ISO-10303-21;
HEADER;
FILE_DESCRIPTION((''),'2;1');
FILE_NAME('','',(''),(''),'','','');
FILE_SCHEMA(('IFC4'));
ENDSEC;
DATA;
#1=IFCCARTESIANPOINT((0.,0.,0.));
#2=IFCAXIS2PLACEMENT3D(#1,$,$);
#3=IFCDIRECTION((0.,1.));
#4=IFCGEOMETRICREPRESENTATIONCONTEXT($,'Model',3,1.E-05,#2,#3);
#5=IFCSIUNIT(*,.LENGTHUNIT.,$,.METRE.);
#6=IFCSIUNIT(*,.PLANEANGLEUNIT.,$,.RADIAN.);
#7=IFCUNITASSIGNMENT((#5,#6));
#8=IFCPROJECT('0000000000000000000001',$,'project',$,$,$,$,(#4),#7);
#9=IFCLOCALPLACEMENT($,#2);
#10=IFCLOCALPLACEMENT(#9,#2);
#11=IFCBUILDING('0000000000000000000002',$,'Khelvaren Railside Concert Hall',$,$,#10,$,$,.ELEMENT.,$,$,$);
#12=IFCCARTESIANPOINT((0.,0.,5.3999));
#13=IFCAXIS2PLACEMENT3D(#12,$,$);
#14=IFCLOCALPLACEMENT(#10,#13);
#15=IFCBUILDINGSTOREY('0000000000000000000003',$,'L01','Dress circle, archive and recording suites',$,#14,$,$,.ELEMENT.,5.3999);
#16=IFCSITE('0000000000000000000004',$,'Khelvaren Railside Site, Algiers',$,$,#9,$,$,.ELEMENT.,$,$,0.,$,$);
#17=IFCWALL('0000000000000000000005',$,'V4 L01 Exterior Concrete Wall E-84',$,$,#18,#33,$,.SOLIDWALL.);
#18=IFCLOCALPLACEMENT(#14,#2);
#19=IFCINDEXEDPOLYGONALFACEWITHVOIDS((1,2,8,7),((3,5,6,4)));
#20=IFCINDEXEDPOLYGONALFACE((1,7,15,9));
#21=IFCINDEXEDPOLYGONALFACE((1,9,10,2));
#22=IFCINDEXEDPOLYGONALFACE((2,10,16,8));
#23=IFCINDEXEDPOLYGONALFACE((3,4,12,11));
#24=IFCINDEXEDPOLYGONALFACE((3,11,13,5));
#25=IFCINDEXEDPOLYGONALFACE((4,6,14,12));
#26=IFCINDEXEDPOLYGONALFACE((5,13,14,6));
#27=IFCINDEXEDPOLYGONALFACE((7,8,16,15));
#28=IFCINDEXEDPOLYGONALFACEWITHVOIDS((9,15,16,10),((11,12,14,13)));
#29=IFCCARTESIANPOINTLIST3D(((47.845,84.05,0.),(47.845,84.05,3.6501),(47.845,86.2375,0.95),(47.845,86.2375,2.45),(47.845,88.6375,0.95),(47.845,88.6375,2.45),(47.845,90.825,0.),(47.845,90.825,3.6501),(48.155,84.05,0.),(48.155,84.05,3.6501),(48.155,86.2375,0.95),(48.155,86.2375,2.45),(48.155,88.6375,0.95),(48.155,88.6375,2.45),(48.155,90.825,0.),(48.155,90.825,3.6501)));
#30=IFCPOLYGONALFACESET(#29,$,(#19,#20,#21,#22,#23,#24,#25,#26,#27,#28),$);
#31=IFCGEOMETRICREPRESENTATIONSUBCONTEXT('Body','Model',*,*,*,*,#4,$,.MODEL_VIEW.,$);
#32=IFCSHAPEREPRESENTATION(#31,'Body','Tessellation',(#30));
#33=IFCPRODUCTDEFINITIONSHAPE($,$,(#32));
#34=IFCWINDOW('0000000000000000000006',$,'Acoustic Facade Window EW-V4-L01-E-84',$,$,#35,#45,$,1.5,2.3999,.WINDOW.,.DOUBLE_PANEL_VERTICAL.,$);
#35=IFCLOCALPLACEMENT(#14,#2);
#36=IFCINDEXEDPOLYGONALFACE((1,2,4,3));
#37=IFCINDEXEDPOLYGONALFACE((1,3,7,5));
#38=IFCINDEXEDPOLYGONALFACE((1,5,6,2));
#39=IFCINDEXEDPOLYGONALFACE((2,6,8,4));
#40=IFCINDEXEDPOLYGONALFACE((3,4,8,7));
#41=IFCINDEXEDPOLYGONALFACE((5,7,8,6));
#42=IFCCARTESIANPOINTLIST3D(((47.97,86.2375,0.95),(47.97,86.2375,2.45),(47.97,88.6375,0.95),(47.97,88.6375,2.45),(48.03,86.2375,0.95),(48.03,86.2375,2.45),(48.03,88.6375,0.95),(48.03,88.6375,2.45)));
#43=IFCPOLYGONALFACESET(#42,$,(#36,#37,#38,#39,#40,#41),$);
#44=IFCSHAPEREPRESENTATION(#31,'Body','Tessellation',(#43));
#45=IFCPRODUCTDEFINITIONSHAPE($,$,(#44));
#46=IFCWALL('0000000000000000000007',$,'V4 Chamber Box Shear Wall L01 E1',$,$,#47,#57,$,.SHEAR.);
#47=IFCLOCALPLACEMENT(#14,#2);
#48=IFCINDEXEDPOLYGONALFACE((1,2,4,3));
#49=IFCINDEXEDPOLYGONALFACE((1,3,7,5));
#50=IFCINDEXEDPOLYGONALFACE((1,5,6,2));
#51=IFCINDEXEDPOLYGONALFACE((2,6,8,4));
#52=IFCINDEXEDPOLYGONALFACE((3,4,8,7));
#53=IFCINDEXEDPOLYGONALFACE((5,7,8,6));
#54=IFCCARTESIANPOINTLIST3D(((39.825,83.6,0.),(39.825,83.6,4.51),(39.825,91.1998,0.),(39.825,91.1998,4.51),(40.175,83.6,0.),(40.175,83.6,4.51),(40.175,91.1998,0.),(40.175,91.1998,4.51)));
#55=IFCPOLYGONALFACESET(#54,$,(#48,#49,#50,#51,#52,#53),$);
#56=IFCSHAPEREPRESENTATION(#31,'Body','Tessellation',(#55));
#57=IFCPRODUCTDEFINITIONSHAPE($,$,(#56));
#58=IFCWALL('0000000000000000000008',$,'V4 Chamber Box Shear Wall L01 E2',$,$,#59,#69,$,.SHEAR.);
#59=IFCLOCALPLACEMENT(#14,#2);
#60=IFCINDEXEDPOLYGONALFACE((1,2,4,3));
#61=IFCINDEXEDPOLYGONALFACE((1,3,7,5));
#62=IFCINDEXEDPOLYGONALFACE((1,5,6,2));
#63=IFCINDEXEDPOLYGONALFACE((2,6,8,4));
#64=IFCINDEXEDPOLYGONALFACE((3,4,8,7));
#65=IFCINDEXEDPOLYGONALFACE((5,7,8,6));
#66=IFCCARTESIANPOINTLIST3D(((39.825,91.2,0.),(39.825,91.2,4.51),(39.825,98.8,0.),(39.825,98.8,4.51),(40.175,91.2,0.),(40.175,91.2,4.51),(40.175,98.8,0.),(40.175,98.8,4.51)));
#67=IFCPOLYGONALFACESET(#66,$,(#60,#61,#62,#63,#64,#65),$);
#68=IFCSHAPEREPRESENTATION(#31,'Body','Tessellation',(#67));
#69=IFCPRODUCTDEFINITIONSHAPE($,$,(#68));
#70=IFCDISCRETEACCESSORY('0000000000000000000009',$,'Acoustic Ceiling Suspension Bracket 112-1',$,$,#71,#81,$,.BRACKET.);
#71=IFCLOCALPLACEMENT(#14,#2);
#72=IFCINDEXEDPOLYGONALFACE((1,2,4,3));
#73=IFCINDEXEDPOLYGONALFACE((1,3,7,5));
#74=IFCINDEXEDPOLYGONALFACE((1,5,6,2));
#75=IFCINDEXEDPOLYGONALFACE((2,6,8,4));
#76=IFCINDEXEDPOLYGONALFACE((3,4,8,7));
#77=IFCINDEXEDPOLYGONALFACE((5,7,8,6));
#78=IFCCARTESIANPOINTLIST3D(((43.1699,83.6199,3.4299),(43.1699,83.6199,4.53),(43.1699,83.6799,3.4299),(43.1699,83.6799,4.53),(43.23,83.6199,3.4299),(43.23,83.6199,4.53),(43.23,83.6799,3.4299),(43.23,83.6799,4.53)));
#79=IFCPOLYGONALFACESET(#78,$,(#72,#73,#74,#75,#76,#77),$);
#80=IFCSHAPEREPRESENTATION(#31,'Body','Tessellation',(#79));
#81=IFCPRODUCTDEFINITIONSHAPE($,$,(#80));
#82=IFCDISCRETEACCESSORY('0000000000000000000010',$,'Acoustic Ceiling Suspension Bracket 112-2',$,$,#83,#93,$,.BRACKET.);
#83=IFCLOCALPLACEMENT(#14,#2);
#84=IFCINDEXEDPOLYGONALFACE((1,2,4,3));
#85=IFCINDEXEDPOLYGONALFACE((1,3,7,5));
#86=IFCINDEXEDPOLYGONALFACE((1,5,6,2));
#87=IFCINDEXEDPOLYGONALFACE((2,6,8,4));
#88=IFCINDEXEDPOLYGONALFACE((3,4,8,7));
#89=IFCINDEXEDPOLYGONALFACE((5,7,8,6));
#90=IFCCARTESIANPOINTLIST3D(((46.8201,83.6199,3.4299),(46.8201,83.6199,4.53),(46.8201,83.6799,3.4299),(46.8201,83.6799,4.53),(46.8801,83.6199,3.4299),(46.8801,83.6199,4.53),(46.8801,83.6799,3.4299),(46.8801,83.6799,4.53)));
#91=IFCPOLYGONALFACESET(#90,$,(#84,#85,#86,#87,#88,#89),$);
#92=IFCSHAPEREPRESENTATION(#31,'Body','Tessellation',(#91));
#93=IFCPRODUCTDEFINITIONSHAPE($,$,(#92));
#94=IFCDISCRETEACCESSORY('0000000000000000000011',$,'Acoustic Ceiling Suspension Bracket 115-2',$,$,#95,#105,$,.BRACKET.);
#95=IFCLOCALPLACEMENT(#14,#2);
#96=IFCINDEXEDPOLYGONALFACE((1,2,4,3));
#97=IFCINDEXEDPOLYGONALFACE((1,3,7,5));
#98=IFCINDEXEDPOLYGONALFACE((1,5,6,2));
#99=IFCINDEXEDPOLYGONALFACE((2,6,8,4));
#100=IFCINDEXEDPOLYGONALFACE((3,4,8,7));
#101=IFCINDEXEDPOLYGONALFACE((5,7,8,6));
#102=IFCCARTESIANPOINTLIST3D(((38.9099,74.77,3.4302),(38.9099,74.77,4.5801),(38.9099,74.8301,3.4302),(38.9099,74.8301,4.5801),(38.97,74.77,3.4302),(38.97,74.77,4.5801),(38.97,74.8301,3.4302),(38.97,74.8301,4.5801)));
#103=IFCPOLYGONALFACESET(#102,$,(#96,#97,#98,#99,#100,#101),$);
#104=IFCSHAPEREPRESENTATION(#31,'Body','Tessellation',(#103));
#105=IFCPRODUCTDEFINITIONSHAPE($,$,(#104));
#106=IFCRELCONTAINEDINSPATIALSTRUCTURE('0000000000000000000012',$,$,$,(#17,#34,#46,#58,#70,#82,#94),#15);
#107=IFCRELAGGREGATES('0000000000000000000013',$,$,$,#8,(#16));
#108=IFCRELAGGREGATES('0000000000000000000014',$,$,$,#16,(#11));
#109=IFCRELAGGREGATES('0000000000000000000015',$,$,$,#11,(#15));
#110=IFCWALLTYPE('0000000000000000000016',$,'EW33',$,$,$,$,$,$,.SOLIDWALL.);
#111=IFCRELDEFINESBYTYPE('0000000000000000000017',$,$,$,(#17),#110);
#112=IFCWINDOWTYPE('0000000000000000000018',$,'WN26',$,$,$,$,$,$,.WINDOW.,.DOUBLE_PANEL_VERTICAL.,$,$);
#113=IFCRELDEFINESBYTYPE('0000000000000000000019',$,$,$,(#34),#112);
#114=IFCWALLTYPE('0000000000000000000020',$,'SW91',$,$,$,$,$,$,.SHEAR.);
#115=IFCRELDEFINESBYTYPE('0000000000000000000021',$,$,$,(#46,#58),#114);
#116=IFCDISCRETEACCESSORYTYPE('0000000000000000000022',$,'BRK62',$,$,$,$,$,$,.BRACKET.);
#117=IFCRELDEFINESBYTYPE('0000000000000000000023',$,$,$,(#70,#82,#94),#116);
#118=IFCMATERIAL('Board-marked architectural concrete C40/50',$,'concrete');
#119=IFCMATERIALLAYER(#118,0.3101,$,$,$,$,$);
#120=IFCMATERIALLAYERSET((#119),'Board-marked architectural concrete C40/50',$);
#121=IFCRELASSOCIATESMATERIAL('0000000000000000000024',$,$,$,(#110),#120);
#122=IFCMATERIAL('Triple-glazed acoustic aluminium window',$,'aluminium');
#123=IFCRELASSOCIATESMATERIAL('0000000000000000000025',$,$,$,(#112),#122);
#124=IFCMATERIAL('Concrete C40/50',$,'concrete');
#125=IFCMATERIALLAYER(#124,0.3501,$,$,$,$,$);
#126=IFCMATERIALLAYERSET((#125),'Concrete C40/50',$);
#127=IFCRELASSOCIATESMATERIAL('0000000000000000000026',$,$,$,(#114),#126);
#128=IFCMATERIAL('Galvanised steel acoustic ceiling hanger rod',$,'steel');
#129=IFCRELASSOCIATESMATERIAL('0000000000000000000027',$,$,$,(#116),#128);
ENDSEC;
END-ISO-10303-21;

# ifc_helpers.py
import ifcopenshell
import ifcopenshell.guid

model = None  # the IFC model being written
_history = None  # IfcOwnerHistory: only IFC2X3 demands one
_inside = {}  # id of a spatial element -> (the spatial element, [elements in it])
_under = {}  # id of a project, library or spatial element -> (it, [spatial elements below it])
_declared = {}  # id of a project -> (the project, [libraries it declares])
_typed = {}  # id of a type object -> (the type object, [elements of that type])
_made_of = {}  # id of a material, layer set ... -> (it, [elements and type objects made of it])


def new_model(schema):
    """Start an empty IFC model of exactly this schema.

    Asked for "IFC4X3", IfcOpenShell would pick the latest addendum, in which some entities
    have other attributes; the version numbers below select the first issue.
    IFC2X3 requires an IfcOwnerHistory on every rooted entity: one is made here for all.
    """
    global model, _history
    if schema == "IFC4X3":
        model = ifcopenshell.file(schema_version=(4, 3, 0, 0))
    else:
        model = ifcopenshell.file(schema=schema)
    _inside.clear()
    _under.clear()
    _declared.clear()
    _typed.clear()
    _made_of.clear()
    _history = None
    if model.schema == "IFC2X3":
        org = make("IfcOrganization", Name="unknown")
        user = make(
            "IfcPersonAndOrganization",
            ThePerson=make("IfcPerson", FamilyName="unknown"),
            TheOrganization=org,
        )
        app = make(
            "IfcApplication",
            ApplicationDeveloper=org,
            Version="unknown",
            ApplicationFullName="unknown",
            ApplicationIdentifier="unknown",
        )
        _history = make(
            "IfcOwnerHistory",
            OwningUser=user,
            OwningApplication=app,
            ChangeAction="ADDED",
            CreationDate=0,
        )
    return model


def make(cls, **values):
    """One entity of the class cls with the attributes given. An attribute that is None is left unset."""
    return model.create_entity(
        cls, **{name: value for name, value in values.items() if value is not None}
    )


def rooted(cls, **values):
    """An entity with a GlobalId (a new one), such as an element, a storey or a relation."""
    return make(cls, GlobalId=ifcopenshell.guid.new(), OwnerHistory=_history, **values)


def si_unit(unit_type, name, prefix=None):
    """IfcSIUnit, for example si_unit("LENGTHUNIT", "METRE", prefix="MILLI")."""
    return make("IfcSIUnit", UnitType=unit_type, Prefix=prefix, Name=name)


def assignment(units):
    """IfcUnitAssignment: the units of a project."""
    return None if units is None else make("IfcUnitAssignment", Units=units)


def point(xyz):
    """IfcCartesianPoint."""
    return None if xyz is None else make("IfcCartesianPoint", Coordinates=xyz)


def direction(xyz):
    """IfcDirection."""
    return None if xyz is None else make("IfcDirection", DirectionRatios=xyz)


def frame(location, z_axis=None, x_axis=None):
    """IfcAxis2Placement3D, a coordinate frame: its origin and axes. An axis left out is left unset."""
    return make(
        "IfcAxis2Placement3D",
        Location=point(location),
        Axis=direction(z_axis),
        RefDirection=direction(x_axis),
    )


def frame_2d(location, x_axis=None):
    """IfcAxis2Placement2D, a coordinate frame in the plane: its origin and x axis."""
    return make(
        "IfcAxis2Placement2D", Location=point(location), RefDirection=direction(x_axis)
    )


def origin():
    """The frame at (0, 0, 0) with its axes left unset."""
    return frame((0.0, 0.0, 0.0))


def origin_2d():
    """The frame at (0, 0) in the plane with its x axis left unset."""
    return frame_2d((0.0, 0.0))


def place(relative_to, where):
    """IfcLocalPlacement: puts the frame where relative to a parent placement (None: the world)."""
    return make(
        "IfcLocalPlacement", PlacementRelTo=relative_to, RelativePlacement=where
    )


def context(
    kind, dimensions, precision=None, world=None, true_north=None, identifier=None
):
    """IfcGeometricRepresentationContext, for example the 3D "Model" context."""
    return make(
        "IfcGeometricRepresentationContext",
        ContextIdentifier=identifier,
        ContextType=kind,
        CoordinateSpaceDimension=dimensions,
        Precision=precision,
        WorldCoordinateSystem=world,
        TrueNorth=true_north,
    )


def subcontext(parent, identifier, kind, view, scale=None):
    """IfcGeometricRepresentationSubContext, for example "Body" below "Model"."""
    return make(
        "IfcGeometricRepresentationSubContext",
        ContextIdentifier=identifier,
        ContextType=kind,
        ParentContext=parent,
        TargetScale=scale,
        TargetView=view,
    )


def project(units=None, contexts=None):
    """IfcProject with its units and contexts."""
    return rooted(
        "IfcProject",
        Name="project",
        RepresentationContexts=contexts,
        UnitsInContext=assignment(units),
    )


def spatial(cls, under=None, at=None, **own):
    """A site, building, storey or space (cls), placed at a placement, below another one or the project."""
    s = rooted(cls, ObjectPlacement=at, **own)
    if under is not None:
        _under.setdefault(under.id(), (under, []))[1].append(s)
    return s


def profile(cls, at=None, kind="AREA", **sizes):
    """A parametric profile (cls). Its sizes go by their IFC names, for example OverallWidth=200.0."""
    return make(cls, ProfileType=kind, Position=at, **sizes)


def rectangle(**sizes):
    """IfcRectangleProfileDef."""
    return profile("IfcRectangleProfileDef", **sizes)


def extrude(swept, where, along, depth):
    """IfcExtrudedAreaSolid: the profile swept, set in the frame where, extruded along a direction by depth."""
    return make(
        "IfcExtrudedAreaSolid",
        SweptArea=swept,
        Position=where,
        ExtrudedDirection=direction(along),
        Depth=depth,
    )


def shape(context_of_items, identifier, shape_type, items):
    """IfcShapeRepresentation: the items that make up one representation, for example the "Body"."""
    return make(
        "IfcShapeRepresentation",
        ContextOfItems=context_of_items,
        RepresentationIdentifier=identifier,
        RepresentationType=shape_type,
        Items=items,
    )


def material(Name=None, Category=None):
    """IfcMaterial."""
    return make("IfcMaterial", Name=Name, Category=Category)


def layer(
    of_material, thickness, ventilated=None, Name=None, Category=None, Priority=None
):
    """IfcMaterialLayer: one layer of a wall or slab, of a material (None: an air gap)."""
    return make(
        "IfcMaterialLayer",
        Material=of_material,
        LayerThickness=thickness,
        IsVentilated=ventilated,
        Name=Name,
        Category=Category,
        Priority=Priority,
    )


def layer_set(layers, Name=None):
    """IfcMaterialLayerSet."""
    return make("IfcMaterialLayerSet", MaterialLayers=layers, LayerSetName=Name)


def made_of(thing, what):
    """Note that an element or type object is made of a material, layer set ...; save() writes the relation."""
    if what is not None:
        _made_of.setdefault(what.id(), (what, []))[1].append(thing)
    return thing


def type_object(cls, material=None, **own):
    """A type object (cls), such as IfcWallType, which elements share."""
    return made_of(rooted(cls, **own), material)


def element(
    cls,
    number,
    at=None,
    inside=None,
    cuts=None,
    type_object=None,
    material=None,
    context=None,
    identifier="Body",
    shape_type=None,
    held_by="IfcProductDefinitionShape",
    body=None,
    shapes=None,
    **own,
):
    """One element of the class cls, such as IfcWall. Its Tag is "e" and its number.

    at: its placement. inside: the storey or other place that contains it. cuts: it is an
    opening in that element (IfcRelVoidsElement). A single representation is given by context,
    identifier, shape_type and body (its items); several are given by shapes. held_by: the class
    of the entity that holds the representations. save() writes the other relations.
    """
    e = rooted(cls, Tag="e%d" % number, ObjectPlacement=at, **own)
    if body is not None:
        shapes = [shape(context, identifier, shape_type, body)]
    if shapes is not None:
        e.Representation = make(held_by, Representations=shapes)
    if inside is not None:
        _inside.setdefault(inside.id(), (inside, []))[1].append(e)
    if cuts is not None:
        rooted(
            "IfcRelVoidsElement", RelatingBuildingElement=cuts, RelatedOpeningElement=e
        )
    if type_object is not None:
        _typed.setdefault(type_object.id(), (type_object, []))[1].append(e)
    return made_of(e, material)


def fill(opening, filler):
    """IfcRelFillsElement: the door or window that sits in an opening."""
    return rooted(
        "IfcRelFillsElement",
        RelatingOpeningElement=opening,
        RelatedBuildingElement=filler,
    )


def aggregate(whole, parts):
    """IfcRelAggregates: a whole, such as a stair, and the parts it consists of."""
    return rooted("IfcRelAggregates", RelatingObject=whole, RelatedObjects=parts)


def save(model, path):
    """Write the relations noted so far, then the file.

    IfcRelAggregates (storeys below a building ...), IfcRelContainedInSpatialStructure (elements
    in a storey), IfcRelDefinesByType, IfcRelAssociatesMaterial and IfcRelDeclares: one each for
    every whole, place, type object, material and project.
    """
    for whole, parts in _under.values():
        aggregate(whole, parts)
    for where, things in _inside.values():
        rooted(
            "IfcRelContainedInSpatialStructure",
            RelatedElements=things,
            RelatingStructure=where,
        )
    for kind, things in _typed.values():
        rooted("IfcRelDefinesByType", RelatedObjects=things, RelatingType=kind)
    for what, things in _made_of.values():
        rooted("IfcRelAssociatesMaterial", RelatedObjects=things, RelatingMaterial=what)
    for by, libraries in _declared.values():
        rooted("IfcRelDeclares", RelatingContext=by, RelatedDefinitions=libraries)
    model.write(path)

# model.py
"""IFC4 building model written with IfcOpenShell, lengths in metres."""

from ifc_helpers import new_model, si_unit, direction, frame, frame_2d, origin, origin_2d, place, context, subcontext, project, spatial, rectangle, extrude, material, layer, layer_set, type_object, element, fill, save


model = new_model("IFC4")

# Units and contexts
model_context = context("Model", 3, precision=1e-05, world=origin(), true_north=direction((0.0, 1.0)))
body_context = subcontext(model_context, "Body", "Model", "MODEL_VIEW")
ifc_project = project(units=[si_unit("LENGTHUNIT", "METRE"), si_unit("PLANEANGLEUNIT", "RADIAN")], contexts=[model_context])

# Site, building, storey
site_placement = place(None, origin())
site = spatial("IfcSite", under=ifc_project, at=site_placement, Name="Khelvaren Railside Site, Algiers", CompositionType="ELEMENT", RefElevation=0.0)
building_placement = place(site_placement, origin())
building = spatial("IfcBuilding", under=site, at=building_placement, Name="Khelvaren Railside Concert Hall", CompositionType="ELEMENT")
storey_placement = place(building_placement, frame((0.0, 0.0, 5.3999)))
storey = spatial("IfcBuildingStorey", under=building, at=storey_placement, Name="L01", Description="Dress circle, archive and recording suites", CompositionType="ELEMENT", Elevation=5.3999)

# Shared definitions
ifc_material_1 = material(Name="Concrete C40/50", Category="concrete")

# Wall, opening, window
ifc_material_2 = material(Name="Board-marked architectural concrete C40/50", Category="concrete")
ifc_layer_1 = layer(ifc_material_2, 0.3101)
ifc_layer_set_1 = layer_set([ifc_layer_1], Name="Board-marked architectural concrete C40/50")
wall_type_1 = type_object("IfcWallType", Name="EW33", PredefinedType="SOLIDWALL", material=ifc_layer_set_1)
ifc_material_3 = material(Name="Triple-glazed acoustic aluminium window", Category="aluminium")
wall_1_placement = place(storey_placement, frame((48.0, 90.825, 0.0), z_axis=(0.0, 0.0, 1.0), x_axis=(0.0, -1.0, 0.0)))
wall_1 = element("IfcWall", 1, at=wall_1_placement, inside=storey, type_object=wall_type_1, Name="V4 L01 Exterior Concrete Wall E-84", PredefinedType="SOLIDWALL", context=body_context, shape_type="SweptSolid", body=[
    extrude(rectangle(XDim=6.7749, YDim=0.3101, at=frame_2d((3.3875, 0.0))), origin(), (0.0, 0.0, 1.0), 3.6501),
])
opening_1_placement = place(wall_1_placement, frame((2.1875, 0.0, 0.95)))
opening_1 = element("IfcOpeningElement", 2, at=opening_1_placement, cuts=wall_1, PredefinedType="OPENING", context=body_context, shape_type="SweptSolid", body=[
    extrude(rectangle(XDim=2.3999, YDim=1.5, at=frame_2d((1.2, 0.75))), frame((0.0, 0.165, 0.0), z_axis=(0.0, -1.0, 0.0), x_axis=(1.0, 0.0, 0.0)), (0.0, 0.0, 1.0), 0.3301),
])
window_type_1 = type_object("IfcWindowType", Name="WN26", PartitioningType="DOUBLE_PANEL_VERTICAL", PredefinedType="WINDOW", material=ifc_material_3)
window_1_placement = place(opening_1_placement, origin())
window_1 = element("IfcWindow", 3, at=window_1_placement, inside=storey, type_object=window_type_1, Name="Acoustic Facade Window EW-V4-L01-E-84", OverallHeight=1.5, OverallWidth=2.3999, PartitioningType="DOUBLE_PANEL_VERTICAL", PredefinedType="WINDOW", context=body_context, shape_type="SweptSolid", body=[
    extrude(rectangle(XDim=2.3999, YDim=1.5, at=frame_2d((1.2, 0.75))), frame((0.0, 0.03, 0.0), z_axis=(0.0, -1.0, 0.0), x_axis=(1.0, 0.0, 0.0)), (0.0, 0.0, 1.0), 0.0601),
])
fill(opening_1, window_1)

# Walls
ifc_layer_2 = layer(ifc_material_1, 0.3501)
ifc_layer_set_2 = layer_set([ifc_layer_2], Name="Concrete C40/50")
wall_type_2 = type_object("IfcWallType", Name="SW91", PredefinedType="SHEAR", material=ifc_layer_set_2)
wall_2_placement = place(storey_placement, frame((40.0, 83.6001, 0.0), z_axis=(0.0, 0.0, 1.0), x_axis=(0.0, 1.0, 0.0)))
element("IfcWall", 4, at=wall_2_placement, inside=storey, type_object=wall_type_2, Name="V4 Chamber Box Shear Wall L01 E1", PredefinedType="SHEAR", context=body_context, shape_type="SweptSolid", body=[
    extrude(rectangle(XDim=7.5999, YDim=0.3501, at=frame_2d((3.7998, 0.0))), origin(), (0.0, 0.0, 1.0), 4.51),
])
wall_3_placement = place(storey_placement, frame((40.0, 91.2, 0.0), z_axis=(0.0, 0.0, 1.0), x_axis=(0.0, 1.0, 0.0)))
element("IfcWall", 5, at=wall_3_placement, inside=storey, type_object=wall_type_2, Name="V4 Chamber Box Shear Wall L01 E2", PredefinedType="SHEAR", context=body_context, shape_type="SweptSolid", body=[
    extrude(rectangle(XDim=7.6001, YDim=0.3501, at=frame_2d((3.8, 0.0))), origin(), (0.0, 0.0, 1.0), 4.51),
])

# Discrete accessories
ifc_material_4 = material(Name="Galvanised steel acoustic ceiling hanger rod", Category="steel")
discrete_accessory_type = type_object("IfcDiscreteAccessoryType", Name="BRK62", PredefinedType="BRACKET", material=ifc_material_4)
for number, where, z_axis, x_axis, name in (
    (6, (43.2, 83.6499, 3.4299), (0.0, 0.0, 1.0), (1.0, 0.0, 0.0), "Acoustic Ceiling Suspension Bracket 112-1"),
    (7, (46.8501, 83.6499, 3.4299), (0.0, 0.0, 1.0), (1.0, 0.0, 0.0), "Acoustic Ceiling Suspension Bracket 112-2"),
):
    element("IfcDiscreteAccessory", number, at=place(storey_placement, frame(where, z_axis=z_axis, x_axis=x_axis)), inside=storey, type_object=discrete_accessory_type, Name=name, PredefinedType="BRACKET", context=body_context, shape_type="SweptSolid", body=[
        extrude(rectangle(XDim=0.0601, YDim=0.0601, at=origin_2d()), origin(), (0.0, 0.0, 1.0), 1.1001),
    ])
discrete_accessory_placement = place(storey_placement, frame((38.9399, 74.8, 3.4302), z_axis=(0.0, 0.0, 1.0), x_axis=(1.0, 0.0, 0.0)))
element("IfcDiscreteAccessory", 8, at=discrete_accessory_placement, inside=storey, type_object=discrete_accessory_type, Name="Acoustic Ceiling Suspension Bracket 115-2", PredefinedType="BRACKET", context=body_context, shape_type="SweptSolid", body=[
    extrude(rectangle(XDim=0.0601, YDim=0.0601, at=origin_2d()), origin(), (0.0, 0.0, 1.0), 1.1499),
])

save(model, "model.ifc")
